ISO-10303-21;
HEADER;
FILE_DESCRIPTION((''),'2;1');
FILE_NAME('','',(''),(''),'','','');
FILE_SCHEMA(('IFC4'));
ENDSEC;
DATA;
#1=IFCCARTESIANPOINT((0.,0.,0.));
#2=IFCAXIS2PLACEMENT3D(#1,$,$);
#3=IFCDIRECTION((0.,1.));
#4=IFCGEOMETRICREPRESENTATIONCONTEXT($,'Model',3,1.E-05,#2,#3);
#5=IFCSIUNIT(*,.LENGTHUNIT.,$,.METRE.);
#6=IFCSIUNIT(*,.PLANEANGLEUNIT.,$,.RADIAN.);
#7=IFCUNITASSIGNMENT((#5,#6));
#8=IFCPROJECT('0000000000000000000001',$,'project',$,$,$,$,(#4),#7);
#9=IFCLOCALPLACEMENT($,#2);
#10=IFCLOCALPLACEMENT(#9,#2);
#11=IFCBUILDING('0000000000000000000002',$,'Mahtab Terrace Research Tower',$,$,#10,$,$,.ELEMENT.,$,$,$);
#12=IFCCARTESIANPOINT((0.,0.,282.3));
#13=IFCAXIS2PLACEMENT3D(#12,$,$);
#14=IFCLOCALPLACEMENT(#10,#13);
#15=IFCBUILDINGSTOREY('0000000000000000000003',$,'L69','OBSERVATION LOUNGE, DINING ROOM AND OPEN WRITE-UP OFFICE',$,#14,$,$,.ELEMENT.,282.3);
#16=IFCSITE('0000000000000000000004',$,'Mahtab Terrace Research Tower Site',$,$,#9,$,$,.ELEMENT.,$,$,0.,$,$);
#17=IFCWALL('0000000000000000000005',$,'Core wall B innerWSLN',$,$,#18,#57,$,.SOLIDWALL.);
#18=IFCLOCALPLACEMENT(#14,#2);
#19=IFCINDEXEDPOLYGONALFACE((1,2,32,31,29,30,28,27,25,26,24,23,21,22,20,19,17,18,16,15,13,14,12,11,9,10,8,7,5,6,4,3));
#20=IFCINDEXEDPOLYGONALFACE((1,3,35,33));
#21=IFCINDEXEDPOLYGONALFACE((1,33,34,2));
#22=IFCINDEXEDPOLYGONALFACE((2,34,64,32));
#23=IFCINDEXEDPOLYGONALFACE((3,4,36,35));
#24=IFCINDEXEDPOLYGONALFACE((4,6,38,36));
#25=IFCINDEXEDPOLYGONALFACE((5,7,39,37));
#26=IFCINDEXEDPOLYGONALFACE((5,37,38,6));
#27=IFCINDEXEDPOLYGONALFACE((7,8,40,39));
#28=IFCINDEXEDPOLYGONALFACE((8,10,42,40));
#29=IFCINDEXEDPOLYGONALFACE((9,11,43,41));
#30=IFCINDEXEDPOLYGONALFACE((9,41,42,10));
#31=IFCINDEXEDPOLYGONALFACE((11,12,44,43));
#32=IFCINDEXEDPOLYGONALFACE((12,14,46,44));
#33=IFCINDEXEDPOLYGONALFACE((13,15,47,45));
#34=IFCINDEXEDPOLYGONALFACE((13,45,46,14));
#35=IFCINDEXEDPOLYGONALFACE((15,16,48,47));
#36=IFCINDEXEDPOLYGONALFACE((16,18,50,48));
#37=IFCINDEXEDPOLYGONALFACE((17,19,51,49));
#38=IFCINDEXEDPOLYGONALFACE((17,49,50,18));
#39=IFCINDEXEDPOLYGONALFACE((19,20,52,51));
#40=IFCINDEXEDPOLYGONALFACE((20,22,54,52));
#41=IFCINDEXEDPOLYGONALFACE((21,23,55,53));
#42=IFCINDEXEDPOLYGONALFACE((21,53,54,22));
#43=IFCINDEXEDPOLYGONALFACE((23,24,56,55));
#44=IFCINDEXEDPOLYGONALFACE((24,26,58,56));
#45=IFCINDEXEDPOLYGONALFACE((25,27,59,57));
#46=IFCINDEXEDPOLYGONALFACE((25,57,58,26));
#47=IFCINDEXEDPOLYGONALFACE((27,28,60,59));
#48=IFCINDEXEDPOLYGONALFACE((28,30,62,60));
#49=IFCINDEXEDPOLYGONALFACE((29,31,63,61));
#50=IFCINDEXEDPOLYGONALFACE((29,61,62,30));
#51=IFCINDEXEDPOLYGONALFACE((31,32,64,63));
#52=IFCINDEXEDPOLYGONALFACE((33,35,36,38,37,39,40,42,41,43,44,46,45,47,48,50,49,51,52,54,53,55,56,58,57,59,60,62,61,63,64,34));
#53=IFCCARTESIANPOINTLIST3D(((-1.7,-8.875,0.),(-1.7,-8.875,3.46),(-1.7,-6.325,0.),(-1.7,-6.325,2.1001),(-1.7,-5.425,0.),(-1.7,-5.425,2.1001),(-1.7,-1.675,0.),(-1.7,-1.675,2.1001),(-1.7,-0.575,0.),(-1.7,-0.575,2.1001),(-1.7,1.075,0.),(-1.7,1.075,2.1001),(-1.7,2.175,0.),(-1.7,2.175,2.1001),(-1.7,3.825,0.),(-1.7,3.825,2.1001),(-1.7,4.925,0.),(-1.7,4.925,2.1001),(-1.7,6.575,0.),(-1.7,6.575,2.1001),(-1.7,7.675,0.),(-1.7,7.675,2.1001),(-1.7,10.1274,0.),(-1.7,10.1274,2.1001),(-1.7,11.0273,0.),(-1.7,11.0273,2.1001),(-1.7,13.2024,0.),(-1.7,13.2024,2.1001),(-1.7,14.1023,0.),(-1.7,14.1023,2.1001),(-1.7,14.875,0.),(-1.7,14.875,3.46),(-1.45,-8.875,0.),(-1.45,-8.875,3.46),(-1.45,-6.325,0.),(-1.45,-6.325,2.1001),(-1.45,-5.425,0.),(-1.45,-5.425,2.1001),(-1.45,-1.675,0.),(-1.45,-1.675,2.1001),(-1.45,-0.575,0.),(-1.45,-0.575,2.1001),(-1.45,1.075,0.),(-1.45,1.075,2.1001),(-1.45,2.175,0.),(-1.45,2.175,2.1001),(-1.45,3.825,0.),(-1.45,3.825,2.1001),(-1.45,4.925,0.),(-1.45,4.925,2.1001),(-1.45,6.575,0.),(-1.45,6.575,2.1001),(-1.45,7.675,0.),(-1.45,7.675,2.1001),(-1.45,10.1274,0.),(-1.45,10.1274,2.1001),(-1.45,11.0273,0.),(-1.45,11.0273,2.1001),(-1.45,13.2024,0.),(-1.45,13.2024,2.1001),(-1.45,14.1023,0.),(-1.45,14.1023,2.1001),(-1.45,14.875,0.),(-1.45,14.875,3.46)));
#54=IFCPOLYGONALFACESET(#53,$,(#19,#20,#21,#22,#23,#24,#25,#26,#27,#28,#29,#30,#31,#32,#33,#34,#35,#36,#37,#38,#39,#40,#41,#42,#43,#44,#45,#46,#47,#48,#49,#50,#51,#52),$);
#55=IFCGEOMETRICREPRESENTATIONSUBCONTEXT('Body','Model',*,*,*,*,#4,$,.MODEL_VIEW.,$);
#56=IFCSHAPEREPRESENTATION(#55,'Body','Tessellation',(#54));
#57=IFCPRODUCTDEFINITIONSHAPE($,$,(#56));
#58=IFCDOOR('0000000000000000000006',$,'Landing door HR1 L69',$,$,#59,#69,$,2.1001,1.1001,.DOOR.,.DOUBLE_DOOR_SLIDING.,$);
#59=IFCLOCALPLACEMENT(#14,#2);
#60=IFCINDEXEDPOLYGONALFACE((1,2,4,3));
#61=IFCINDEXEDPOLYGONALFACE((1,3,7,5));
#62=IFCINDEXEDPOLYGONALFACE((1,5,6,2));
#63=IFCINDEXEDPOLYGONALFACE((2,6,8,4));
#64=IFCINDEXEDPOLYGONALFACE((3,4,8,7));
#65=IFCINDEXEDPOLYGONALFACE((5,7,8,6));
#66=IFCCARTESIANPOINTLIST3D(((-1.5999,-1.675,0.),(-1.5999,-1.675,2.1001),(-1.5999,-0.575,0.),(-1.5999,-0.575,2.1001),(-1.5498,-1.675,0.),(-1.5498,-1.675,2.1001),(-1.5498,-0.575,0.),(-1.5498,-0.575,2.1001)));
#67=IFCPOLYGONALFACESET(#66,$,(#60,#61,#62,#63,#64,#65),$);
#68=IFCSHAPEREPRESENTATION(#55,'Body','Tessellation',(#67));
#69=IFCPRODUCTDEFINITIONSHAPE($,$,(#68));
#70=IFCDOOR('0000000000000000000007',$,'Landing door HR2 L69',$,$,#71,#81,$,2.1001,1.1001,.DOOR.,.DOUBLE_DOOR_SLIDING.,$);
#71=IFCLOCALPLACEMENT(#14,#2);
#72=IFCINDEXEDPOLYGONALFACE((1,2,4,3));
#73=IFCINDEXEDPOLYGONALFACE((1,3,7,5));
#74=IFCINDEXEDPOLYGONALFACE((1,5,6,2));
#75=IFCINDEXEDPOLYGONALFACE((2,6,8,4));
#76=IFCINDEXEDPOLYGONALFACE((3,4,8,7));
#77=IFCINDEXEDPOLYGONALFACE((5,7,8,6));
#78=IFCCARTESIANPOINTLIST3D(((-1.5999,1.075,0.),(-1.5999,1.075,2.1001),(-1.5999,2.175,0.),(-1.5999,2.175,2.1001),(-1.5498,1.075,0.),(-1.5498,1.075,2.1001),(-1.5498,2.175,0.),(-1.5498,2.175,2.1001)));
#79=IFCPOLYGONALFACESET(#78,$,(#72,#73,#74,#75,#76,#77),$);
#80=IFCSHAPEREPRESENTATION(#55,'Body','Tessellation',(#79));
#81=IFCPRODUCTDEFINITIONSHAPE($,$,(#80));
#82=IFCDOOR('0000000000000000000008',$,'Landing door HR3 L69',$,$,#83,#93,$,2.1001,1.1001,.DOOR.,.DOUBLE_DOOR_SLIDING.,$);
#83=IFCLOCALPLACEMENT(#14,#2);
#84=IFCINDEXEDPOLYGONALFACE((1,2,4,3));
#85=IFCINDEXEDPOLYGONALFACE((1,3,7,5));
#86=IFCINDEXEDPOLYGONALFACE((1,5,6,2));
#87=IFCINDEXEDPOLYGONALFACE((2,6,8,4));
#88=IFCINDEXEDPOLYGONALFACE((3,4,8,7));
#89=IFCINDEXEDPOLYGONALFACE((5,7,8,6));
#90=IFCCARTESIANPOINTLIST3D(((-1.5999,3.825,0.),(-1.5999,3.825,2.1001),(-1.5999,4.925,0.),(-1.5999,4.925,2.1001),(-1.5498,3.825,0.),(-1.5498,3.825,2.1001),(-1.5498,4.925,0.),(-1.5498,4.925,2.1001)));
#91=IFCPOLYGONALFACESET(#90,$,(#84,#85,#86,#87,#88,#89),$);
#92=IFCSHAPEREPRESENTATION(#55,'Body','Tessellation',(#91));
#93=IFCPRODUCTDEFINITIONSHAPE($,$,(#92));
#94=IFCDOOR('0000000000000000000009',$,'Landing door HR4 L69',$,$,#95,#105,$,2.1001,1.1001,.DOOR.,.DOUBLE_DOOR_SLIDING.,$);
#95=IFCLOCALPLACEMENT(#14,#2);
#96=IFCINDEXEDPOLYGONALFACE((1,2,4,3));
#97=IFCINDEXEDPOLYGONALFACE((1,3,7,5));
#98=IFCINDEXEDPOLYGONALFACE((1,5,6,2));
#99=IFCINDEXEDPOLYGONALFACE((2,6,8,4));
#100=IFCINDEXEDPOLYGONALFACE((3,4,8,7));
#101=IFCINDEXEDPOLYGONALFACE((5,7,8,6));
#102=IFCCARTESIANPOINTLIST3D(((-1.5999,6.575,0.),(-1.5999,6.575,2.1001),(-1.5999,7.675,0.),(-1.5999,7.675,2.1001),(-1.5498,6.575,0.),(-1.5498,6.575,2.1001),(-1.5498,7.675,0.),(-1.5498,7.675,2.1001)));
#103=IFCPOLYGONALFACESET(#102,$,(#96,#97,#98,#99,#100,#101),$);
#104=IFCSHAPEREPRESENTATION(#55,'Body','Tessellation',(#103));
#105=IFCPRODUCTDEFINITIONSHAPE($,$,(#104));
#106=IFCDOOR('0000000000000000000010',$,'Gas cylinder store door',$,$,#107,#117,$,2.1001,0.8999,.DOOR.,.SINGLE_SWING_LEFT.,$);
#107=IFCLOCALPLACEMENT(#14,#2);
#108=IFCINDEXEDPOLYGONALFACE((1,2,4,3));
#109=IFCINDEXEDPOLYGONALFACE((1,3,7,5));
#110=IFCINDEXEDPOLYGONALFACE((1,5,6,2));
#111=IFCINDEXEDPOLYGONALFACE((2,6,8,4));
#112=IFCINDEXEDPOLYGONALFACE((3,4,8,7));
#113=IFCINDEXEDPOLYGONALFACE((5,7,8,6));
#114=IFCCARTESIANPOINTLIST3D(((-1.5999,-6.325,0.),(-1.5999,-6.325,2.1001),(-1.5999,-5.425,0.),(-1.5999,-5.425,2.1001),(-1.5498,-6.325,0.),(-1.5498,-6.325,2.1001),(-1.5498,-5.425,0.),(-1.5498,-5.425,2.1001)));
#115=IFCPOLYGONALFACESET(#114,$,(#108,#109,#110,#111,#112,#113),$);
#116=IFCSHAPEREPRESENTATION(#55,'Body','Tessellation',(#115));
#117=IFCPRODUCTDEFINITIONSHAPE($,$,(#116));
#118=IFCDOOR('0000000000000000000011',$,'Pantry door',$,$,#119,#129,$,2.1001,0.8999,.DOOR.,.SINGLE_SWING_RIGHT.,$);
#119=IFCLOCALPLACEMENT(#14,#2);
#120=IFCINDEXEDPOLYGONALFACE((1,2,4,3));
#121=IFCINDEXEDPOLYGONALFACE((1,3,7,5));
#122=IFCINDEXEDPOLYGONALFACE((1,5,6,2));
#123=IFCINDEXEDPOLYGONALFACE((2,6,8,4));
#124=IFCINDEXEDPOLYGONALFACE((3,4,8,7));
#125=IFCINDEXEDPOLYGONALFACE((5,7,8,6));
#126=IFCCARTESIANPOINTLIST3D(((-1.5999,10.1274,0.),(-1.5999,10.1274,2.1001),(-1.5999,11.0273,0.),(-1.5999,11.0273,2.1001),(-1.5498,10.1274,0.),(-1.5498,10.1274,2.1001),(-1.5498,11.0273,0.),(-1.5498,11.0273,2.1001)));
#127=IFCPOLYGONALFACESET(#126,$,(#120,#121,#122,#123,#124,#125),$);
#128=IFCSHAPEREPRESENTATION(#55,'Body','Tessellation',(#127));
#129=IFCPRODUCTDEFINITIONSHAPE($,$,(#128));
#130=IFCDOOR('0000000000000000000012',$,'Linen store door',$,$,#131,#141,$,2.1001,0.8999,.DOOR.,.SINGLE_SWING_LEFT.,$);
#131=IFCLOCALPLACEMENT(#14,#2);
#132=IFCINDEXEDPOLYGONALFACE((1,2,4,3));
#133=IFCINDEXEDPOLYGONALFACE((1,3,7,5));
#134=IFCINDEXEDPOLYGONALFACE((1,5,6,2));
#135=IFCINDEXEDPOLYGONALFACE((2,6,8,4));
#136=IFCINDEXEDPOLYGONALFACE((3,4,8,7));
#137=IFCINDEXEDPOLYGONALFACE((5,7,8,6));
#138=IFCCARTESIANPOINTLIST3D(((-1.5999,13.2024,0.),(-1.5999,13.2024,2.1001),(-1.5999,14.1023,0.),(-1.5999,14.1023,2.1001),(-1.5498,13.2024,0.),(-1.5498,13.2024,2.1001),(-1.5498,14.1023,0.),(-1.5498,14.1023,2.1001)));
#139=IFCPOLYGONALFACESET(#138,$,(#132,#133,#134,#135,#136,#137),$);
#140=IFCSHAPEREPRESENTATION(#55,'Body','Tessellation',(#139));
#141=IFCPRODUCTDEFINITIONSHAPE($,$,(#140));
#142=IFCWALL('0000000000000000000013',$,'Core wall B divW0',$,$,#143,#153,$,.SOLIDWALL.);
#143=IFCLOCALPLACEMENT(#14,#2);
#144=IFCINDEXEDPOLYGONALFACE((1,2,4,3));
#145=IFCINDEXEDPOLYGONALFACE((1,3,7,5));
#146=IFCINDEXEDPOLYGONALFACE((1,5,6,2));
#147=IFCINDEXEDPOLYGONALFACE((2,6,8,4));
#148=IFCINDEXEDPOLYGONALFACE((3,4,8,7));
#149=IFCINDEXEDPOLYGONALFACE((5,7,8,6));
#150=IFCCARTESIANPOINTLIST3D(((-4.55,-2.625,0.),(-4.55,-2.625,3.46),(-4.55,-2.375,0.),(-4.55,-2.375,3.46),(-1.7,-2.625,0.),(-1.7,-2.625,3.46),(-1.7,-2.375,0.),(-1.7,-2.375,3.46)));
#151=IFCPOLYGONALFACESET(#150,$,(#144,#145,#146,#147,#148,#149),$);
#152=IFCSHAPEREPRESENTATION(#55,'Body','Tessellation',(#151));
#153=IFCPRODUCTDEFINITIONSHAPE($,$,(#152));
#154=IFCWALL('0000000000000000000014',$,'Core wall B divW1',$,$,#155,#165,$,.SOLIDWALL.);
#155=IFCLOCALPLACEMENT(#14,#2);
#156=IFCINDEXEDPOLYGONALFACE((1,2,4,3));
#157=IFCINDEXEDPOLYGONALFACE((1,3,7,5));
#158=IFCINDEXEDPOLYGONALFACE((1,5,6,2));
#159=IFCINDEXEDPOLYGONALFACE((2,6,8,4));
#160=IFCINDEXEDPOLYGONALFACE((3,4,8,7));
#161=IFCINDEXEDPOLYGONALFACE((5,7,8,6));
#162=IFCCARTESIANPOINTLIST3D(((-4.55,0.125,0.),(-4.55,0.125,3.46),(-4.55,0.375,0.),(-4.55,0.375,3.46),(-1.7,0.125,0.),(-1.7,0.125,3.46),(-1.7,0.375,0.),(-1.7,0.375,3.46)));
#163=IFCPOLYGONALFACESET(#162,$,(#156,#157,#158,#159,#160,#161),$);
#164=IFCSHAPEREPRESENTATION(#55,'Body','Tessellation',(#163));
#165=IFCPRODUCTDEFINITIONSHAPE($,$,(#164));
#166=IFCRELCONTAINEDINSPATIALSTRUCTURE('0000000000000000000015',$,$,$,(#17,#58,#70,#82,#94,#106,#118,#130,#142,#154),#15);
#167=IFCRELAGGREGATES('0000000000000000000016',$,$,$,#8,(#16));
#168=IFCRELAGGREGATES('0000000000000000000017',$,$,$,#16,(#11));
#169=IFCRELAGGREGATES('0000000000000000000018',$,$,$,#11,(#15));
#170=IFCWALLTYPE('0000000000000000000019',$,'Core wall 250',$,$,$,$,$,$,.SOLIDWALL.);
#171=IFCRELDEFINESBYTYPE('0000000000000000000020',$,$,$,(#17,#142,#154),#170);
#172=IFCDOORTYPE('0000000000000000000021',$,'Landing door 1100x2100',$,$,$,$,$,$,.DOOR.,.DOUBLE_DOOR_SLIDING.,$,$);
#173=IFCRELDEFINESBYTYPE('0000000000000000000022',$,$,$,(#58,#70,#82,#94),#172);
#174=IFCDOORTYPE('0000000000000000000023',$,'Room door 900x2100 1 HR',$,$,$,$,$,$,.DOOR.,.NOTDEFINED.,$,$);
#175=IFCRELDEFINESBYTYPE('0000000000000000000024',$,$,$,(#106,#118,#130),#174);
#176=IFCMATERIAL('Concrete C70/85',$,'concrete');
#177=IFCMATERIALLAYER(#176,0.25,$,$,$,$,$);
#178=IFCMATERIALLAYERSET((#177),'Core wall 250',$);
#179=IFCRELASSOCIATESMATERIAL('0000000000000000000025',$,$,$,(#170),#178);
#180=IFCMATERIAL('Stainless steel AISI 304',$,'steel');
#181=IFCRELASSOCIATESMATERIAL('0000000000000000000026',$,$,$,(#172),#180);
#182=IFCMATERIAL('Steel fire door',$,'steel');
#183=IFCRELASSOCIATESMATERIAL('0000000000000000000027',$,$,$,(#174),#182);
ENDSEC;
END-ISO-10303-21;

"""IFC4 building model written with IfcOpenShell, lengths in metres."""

from ifc_helpers import new_model, si_unit, direction, frame, frame_2d, origin, place, context, subcontext, project, spatial, rectangle, extrude, material, layer, layer_set, type_object, element, fill, save


model = new_model("IFC4")

# Units and contexts
model_context = context("Model", 3, precision=1e-05, world=origin(), true_north=direction((0.0, 1.0)))
body_context = subcontext(model_context, "Body", "Model", "MODEL_VIEW")
ifc_project = project(units=[si_unit("LENGTHUNIT", "METRE"), si_unit("PLANEANGLEUNIT", "RADIAN")], contexts=[model_context])

# Site, building, storey
site_placement = place(None, origin())
site = spatial("IfcSite", under=ifc_project, at=site_placement, Name="Mahtab Terrace Research Tower Site", CompositionType="ELEMENT", RefElevation=0.0)
building_placement = place(site_placement, origin())
building = spatial("IfcBuilding", under=site, at=building_placement, Name="Mahtab Terrace Research Tower", CompositionType="ELEMENT")
storey_placement = place(building_placement, frame((0.0, 0.0, 282.3)))
storey = spatial("IfcBuildingStorey", under=building, at=storey_placement, Name="L69", Description="OBSERVATION LOUNGE, DINING ROOM AND OPEN WRITE-UP OFFICE", CompositionType="ELEMENT", Elevation=282.3)

# Shared definitions
ifc_material_1 = material(Name="Concrete C70/85", Category="concrete")

# Wall, openings, doors
ifc_layer_1 = layer(ifc_material_1, 0.25)
ifc_layer_set_1 = layer_set([ifc_layer_1], Name="Core wall 250")
wall_type_1 = type_object("IfcWallType", Name="Core wall 250", PredefinedType="SOLIDWALL", material=ifc_layer_set_1)
wall_1_placement = place(storey_placement, frame((-1.575, -8.875, 0.0), z_axis=(0.0, 0.0, 1.0), x_axis=(0.0, 1.0, 0.0)))
wall_1 = element("IfcWall", 1, at=wall_1_placement, inside=storey, type_object=wall_type_1, Name="Core wall B innerWSLN", PredefinedType="SOLIDWALL", context=body_context, shape_type="SweptSolid", body=[
    extrude(rectangle(XDim=23.75, YDim=0.25, at=frame_2d((11.875, 0.0))), origin(), (0.0, 0.0, 1.0), 3.46),
])
opening_1_placement = place(wall_1_placement, frame((7.2, 0.0, 0.0)))
opening_1 = element("IfcOpeningElement", 2, at=opening_1_placement, cuts=wall_1, PredefinedType="OPENING", context=body_context, shape_type="SweptSolid", body=[
    extrude(rectangle(XDim=1.1001, YDim=2.1001, at=frame_2d((0.55, 1.05))), frame((0.0, 0.135, 0.0), z_axis=(0.0, -1.0, 0.0), x_axis=(1.0, 0.0, 0.0)), (0.0, 0.0, 1.0), 0.27),
])
opening_2_placement = place(wall_1_placement, frame((9.95, 0.0, 0.0)))
opening_2 = element("IfcOpeningElement", 3, at=opening_2_placement, cuts=wall_1, PredefinedType="OPENING", context=body_context, shape_type="SweptSolid", body=[
    extrude(rectangle(XDim=1.1001, YDim=2.1001, at=frame_2d((0.55, 1.05))), frame((0.0, 0.135, 0.0), z_axis=(0.0, -1.0, 0.0), x_axis=(1.0, 0.0, 0.0)), (0.0, 0.0, 1.0), 0.27),
])
opening_3_placement = place(wall_1_placement, frame((12.7, 0.0, 0.0)))
opening_3 = element("IfcOpeningElement", 4, at=opening_3_placement, cuts=wall_1, PredefinedType="OPENING", context=body_context, shape_type="SweptSolid", body=[
    extrude(rectangle(XDim=1.1001, YDim=2.1001, at=frame_2d((0.55, 1.05))), frame((0.0, 0.135, 0.0), z_axis=(0.0, -1.0, 0.0), x_axis=(1.0, 0.0, 0.0)), (0.0, 0.0, 1.0), 0.27),
])
opening_4_placement = place(wall_1_placement, frame((15.45, 0.0, 0.0)))
opening_4 = element("IfcOpeningElement", 5, at=opening_4_placement, cuts=wall_1, PredefinedType="OPENING", context=body_context, shape_type="SweptSolid", body=[
    extrude(rectangle(XDim=1.1001, YDim=2.1001, at=frame_2d((0.55, 1.05))), frame((0.0, 0.135, 0.0), z_axis=(0.0, -1.0, 0.0), x_axis=(1.0, 0.0, 0.0)), (0.0, 0.0, 1.0), 0.27),
])
opening_5_placement = place(wall_1_placement, frame((2.55, 0.0, 0.0)))
opening_5 = element("IfcOpeningElement", 6, at=opening_5_placement, cuts=wall_1, PredefinedType="OPENING", context=body_context, shape_type="SweptSolid", body=[
    extrude(rectangle(XDim=0.8999, YDim=2.1001, at=frame_2d((0.45, 1.05))), frame((0.0, 0.135, 0.0), z_axis=(0.0, -1.0, 0.0), x_axis=(1.0, 0.0, 0.0)), (0.0, 0.0, 1.0), 0.27),
])
opening_6_placement = place(wall_1_placement, frame((19.0024, 0.0, 0.0)))
opening_6 = element("IfcOpeningElement", 7, at=opening_6_placement, cuts=wall_1, PredefinedType="OPENING", context=body_context, shape_type="SweptSolid", body=[
    extrude(rectangle(XDim=0.8999, YDim=2.1001, at=frame_2d((0.45, 1.05))), frame((0.0, 0.135, 0.0), z_axis=(0.0, -1.0, 0.0), x_axis=(1.0, 0.0, 0.0)), (0.0, 0.0, 1.0), 0.27),
])
opening_7_placement = place(wall_1_placement, frame((22.0774, 0.0, 0.0)))
opening_7 = element("IfcOpeningElement", 8, at=opening_7_placement, cuts=wall_1, PredefinedType="OPENING", context=body_context, shape_type="SweptSolid", body=[
    extrude(rectangle(XDim=0.8999, YDim=2.1001, at=frame_2d((0.45, 1.05))), frame((0.0, 0.135, 0.0), z_axis=(0.0, -1.0, 0.0), x_axis=(1.0, 0.0, 0.0)), (0.0, 0.0, 1.0), 0.27),
])
ifc_material_2 = material(Name="Stainless steel AISI 304", Category="steel")
door_type_1 = type_object("IfcDoorType", Name="Landing door 1100x2100", OperationType="DOUBLE_DOOR_SLIDING", PredefinedType="DOOR", material=ifc_material_2)
door_1_placement = place(opening_1_placement, origin())
door_1 = element("IfcDoor", 9, at=door_1_placement, inside=storey, type_object=door_type_1, Name="Landing door HR1 L69", OperationType="DOUBLE_DOOR_SLIDING", OverallHeight=2.1001, OverallWidth=1.1001, PredefinedType="DOOR", context=body_context, shape_type="SweptSolid", body=[
    extrude(rectangle(XDim=1.1001, YDim=2.1001, at=frame_2d((0.55, 1.05))), frame((0.0, 0.0249, 0.0), z_axis=(0.0, -1.0, 0.0), x_axis=(1.0, 0.0, 0.0)), (0.0, 0.0, 1.0), 0.05),
])
fill(opening_1, door_1)
door_2_placement = place(opening_2_placement, origin())
door_2 = element("IfcDoor", 10, at=door_2_placement, inside=storey, type_object=door_type_1, Name="Landing door HR2 L69", OperationType="DOUBLE_DOOR_SLIDING", OverallHeight=2.1001, OverallWidth=1.1001, PredefinedType="DOOR", context=body_context, shape_type="SweptSolid", body=[
    extrude(rectangle(XDim=1.1001, YDim=2.1001, at=frame_2d((0.55, 1.05))), frame((0.0, 0.0249, 0.0), z_axis=(0.0, -1.0, 0.0), x_axis=(1.0, 0.0, 0.0)), (0.0, 0.0, 1.0), 0.05),
])
fill(opening_2, door_2)
door_3_placement = place(opening_3_placement, origin())
door_3 = element("IfcDoor", 11, at=door_3_placement, inside=storey, type_object=door_type_1, Name="Landing door HR3 L69", OperationType="DOUBLE_DOOR_SLIDING", OverallHeight=2.1001, OverallWidth=1.1001, PredefinedType="DOOR", context=body_context, shape_type="SweptSolid", body=[
    extrude(rectangle(XDim=1.1001, YDim=2.1001, at=frame_2d((0.55, 1.05))), frame((0.0, 0.0249, 0.0), z_axis=(0.0, -1.0, 0.0), x_axis=(1.0, 0.0, 0.0)), (0.0, 0.0, 1.0), 0.05),
])
fill(opening_3, door_3)
door_4_placement = place(opening_4_placement, origin())
door_4 = element("IfcDoor", 12, at=door_4_placement, inside=storey, type_object=door_type_1, Name="Landing door HR4 L69", OperationType="DOUBLE_DOOR_SLIDING", OverallHeight=2.1001, OverallWidth=1.1001, PredefinedType="DOOR", context=body_context, shape_type="SweptSolid", body=[
    extrude(rectangle(XDim=1.1001, YDim=2.1001, at=frame_2d((0.55, 1.05))), frame((0.0, 0.0249, 0.0), z_axis=(0.0, -1.0, 0.0), x_axis=(1.0, 0.0, 0.0)), (0.0, 0.0, 1.0), 0.05),
])
fill(opening_4, door_4)
ifc_material_3 = material(Name="Steel fire door", Category="steel")
door_type_2 = type_object("IfcDoorType", Name="Room door 900x2100 1 HR", OperationType="NOTDEFINED", PredefinedType="DOOR", material=ifc_material_3)
door_5_placement = place(opening_5_placement, origin())
door_5 = element("IfcDoor", 13, at=door_5_placement, inside=storey, type_object=door_type_2, Name="Gas cylinder store door", OperationType="SINGLE_SWING_LEFT", OverallHeight=2.1001, OverallWidth=0.8999, PredefinedType="DOOR", context=body_context, shape_type="SweptSolid", body=[
    extrude(rectangle(XDim=0.8999, YDim=2.1001, at=frame_2d((0.45, 1.05))), frame((0.0, 0.0249, 0.0), z_axis=(0.0, -1.0, 0.0), x_axis=(1.0, 0.0, 0.0)), (0.0, 0.0, 1.0), 0.05),
])
fill(opening_5, door_5)
door_6_placement = place(opening_6_placement, origin())
door_6 = element("IfcDoor", 14, at=door_6_placement, inside=storey, type_object=door_type_2, Name="Pantry door", OperationType="SINGLE_SWING_RIGHT", OverallHeight=2.1001, OverallWidth=0.8999, PredefinedType="DOOR", context=body_context, shape_type="SweptSolid", body=[
    extrude(rectangle(XDim=0.8999, YDim=2.1001, at=frame_2d((0.45, 1.05))), frame((0.0, 0.0249, 0.0), z_axis=(0.0, -1.0, 0.0), x_axis=(1.0, 0.0, 0.0)), (0.0, 0.0, 1.0), 0.05),
])
fill(opening_6, door_6)
door_7_placement = place(opening_7_placement, origin())
door_7 = element("IfcDoor", 15, at=door_7_placement, inside=storey, type_object=door_type_2, Name="Linen store door", OperationType="SINGLE_SWING_LEFT", OverallHeight=2.1001, OverallWidth=0.8999, PredefinedType="DOOR", context=body_context, shape_type="SweptSolid", body=[
    extrude(rectangle(XDim=0.8999, YDim=2.1001, at=frame_2d((0.45, 1.05))), frame((0.0, 0.0249, 0.0), z_axis=(0.0, -1.0, 0.0), x_axis=(1.0, 0.0, 0.0)), (0.0, 0.0, 1.0), 0.05),
])
fill(opening_7, door_7)

# Walls
for number, where, z_axis, x_axis, name in (
    (16, (-4.55, -2.5, 0.0), (0.0, 0.0, 1.0), (1.0, 0.0, 0.0), "Core wall B divW0"),
    (17, (-4.55, 0.25, 0.0), (0.0, 0.0, 1.0), (1.0, 0.0, 0.0), "Core wall B divW1"),
):
    element("IfcWall", number, at=place(storey_placement, frame(where, z_axis=z_axis, x_axis=x_axis)), inside=storey, type_object=wall_type_1, Name=name, PredefinedType="SOLIDWALL", context=body_context, shape_type="SweptSolid", body=[
        extrude(rectangle(XDim=2.8501, YDim=0.25, at=frame_2d((1.425, 0.0))), origin(), (0.0, 0.0, 1.0), 3.46),
    ])

save(model, "model.ifc")
